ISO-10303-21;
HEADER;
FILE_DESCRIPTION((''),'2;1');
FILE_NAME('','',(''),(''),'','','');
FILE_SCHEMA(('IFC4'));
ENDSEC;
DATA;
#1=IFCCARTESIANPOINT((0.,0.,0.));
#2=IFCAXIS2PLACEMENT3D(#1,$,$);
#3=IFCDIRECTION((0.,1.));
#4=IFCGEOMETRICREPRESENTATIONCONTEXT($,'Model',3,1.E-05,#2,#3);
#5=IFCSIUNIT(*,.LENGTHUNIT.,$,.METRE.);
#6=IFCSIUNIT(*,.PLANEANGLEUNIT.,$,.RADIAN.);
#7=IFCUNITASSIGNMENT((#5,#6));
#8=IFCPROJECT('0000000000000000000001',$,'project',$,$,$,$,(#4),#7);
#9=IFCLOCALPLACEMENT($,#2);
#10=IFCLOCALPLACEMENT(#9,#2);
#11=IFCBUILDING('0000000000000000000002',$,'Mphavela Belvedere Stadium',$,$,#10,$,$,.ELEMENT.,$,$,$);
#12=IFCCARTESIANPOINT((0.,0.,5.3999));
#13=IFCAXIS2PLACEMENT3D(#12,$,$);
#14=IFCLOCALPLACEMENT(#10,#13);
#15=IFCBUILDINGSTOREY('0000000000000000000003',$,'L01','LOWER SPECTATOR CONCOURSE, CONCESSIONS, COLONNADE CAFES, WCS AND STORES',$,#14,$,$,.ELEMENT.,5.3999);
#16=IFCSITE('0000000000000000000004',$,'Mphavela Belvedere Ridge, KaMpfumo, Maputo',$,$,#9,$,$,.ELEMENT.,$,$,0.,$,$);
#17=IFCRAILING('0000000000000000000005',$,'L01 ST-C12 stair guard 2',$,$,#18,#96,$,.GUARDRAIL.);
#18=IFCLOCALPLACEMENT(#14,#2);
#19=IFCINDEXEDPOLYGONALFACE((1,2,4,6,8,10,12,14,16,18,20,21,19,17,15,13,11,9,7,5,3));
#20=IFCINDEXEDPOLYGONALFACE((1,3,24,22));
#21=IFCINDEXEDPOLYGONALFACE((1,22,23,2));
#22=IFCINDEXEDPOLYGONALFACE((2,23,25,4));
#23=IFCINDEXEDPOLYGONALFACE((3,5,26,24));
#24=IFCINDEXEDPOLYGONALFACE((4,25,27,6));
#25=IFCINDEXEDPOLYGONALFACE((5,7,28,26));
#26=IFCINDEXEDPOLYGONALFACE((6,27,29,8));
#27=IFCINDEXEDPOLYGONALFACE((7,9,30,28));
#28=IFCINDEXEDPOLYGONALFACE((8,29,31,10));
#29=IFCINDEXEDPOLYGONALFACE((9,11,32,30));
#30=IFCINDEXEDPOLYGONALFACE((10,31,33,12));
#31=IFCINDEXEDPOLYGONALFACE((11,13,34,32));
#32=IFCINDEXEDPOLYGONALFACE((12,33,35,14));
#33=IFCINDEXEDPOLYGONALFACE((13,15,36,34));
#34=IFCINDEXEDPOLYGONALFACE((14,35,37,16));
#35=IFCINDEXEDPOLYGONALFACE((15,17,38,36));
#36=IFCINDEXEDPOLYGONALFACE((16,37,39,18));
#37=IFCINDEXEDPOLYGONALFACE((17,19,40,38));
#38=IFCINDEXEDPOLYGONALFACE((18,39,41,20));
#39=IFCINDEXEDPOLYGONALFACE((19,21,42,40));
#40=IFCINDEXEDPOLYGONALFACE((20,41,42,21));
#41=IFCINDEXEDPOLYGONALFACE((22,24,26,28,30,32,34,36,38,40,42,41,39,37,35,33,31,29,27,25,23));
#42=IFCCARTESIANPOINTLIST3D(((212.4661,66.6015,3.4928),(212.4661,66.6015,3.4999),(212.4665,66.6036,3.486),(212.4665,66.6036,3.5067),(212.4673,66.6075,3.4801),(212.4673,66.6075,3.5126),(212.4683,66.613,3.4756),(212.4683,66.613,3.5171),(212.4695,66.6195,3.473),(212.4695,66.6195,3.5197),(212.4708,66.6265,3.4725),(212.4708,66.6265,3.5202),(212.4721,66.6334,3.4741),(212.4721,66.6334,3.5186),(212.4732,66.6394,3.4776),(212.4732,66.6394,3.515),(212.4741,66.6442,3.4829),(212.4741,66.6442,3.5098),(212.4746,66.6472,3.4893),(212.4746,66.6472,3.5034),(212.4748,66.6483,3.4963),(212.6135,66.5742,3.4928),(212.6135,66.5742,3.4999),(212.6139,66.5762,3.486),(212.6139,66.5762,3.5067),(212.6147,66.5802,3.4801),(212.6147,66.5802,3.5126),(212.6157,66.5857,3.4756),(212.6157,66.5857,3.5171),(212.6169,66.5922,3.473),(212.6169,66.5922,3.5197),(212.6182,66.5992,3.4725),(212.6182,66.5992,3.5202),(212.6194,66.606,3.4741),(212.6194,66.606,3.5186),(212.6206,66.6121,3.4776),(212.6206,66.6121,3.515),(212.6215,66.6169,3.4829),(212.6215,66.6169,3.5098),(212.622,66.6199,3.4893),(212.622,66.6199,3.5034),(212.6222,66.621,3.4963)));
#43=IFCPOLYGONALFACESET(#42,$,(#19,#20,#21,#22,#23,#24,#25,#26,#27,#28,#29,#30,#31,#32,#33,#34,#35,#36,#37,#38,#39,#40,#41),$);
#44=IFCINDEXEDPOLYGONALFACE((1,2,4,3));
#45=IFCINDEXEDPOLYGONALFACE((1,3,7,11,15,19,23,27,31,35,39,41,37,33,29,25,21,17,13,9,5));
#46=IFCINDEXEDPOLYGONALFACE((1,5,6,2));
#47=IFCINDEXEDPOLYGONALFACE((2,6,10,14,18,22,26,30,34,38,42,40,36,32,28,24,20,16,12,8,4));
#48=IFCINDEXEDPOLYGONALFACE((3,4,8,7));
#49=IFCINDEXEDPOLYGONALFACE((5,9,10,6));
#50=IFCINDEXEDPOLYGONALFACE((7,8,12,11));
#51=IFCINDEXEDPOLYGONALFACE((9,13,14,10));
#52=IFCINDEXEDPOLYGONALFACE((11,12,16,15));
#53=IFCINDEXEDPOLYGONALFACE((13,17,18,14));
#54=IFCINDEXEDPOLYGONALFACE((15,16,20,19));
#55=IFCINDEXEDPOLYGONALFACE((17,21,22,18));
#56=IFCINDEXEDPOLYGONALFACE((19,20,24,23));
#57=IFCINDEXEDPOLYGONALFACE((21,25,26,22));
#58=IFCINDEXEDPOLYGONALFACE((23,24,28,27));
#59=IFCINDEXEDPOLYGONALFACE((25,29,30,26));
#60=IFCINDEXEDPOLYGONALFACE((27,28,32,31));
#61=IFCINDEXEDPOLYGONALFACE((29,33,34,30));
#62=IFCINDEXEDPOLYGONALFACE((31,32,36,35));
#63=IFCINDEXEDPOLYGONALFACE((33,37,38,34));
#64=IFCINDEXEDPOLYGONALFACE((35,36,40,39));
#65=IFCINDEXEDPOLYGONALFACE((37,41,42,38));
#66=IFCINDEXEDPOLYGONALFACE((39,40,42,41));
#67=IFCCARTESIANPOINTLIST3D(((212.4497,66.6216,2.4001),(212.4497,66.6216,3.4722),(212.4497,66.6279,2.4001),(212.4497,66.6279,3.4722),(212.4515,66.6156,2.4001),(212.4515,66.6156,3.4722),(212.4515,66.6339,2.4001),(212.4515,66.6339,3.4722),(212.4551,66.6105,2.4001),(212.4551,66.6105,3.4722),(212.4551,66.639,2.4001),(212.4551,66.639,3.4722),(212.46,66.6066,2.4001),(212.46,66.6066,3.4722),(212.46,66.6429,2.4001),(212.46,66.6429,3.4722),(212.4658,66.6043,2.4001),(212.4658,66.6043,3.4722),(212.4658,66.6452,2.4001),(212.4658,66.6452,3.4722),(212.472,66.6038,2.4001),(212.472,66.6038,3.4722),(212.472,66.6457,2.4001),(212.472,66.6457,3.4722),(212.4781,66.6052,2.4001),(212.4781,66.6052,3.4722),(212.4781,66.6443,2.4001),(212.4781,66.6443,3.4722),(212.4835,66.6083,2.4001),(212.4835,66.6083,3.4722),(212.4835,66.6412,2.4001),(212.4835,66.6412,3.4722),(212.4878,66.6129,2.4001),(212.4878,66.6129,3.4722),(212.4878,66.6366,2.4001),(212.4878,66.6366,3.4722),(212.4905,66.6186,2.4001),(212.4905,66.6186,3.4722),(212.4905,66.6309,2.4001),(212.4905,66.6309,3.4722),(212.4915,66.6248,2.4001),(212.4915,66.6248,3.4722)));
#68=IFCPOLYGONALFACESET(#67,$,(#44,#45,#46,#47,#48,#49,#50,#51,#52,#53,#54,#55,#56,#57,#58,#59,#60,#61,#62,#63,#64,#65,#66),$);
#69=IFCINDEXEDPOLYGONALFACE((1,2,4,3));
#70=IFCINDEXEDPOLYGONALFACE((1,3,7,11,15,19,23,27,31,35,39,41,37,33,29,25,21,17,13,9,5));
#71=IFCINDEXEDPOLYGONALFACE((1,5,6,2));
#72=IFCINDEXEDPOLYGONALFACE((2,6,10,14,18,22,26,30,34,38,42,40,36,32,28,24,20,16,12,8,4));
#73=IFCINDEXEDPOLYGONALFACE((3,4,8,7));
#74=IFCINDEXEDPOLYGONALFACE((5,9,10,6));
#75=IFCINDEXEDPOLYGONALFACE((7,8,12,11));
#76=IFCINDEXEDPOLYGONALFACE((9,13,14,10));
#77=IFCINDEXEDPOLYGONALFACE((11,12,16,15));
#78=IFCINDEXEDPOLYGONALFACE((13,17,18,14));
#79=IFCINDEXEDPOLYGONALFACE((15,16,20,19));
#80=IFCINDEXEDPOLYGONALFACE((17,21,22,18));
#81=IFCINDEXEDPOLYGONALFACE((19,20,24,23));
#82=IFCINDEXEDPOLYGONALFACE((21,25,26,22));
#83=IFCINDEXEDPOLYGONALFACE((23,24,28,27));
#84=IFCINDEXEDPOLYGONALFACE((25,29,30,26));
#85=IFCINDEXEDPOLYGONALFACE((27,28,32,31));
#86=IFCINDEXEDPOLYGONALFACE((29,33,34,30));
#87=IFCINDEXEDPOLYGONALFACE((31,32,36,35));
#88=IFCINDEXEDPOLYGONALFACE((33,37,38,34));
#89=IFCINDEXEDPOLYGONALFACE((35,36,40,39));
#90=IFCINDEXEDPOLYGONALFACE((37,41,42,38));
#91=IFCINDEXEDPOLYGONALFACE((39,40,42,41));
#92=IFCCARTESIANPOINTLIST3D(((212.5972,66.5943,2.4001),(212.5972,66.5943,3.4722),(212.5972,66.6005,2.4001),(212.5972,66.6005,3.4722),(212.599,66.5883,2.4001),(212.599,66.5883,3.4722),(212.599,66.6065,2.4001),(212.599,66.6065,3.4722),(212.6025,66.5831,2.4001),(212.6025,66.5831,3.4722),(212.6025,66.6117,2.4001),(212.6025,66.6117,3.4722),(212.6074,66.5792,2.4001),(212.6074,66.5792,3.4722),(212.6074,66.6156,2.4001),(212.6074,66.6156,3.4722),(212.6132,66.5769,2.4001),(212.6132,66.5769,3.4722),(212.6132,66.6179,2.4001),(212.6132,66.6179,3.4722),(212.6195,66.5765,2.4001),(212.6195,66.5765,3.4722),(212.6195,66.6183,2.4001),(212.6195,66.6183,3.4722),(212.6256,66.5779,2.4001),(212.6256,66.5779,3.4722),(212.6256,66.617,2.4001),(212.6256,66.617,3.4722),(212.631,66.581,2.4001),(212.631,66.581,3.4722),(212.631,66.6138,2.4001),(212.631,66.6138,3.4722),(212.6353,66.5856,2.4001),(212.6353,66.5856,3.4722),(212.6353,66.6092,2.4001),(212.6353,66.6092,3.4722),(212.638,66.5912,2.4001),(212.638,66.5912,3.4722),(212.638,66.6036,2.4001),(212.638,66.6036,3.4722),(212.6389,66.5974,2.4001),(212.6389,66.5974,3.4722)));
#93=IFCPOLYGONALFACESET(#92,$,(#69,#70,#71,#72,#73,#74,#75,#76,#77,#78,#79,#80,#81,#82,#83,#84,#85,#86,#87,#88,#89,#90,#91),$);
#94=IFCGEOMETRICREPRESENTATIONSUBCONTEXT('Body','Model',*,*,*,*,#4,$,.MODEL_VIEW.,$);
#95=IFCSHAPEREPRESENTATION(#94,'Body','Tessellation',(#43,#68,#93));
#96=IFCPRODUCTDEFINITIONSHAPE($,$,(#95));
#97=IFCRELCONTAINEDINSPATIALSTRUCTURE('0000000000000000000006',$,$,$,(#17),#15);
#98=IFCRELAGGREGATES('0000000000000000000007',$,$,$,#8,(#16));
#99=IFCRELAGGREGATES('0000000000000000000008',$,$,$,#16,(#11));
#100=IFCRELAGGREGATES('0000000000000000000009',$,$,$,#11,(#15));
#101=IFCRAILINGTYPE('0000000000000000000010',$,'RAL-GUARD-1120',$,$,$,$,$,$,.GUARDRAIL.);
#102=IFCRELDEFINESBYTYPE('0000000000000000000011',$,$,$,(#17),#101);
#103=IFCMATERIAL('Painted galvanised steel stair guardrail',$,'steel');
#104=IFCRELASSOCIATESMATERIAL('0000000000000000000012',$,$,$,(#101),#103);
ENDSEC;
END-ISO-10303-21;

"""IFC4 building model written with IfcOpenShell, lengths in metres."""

from ifc_helpers import new_model, si_unit, direction, frame, origin, origin_2d, place, context, subcontext, project, spatial, circle, extrude, material, type_object, element, save


model = new_model("IFC4")

# Units and contexts
model_context = context("Model", 3, precision=1e-05, world=origin(), true_north=direction((0.0, 1.0)))
body_context = subcontext(model_context, "Body", "Model", "MODEL_VIEW")
ifc_project = project(units=[si_unit("LENGTHUNIT", "METRE"), si_unit("PLANEANGLEUNIT", "RADIAN")], contexts=[model_context])

# Site, building, storey
site_placement = place(None, origin())
site = spatial("IfcSite", under=ifc_project, at=site_placement, Name="Mphavela Belvedere Ridge, KaMpfumo, Maputo", CompositionType="ELEMENT", RefElevation=0.0)
building_placement = place(site_placement, origin())
building = spatial("IfcBuilding", under=site, at=building_placement, Name="Mphavela Belvedere Stadium", CompositionType="ELEMENT")
storey_placement = place(building_placement, frame((0.0, 0.0, 5.3999)))
storey = spatial("IfcBuildingStorey", under=building, at=storey_placement, Name="L01", Description="LOWER SPECTATOR CONCOURSE, CONCESSIONS, COLONNADE CAFES, WCS AND STORES", CompositionType="ELEMENT", Elevation=5.3999)

# Railing
ifc_material_1 = material(Name="Painted galvanised steel stair guardrail", Category="steel")
railing_type_1 = type_object("IfcRailingType", Name="RAL-GUARD-1120", PredefinedType="GUARDRAIL", material=ifc_material_1)
railing_1_placement = place(storey_placement, frame((212.4705, 66.6248, 2.4001)))
element("IfcRailing", 1, at=railing_1_placement, inside=storey, type_object=railing_type_1, Name="L01 ST-C12 stair guard 2", PredefinedType="GUARDRAIL", context=body_context, shape_type="SweptSolid", body=[
    extrude(circle(Radius=0.0239, at=origin_2d()), frame((0.0, 0.0, 1.0962), z_axis=(0.983239, -0.182322, 0.0), x_axis=(0.182322, 0.983239, 0.0)), (0.0, 0.0, 1.0), 0.1499),
    extrude(circle(Radius=0.021, at=origin_2d()), origin(), (0.0, 0.0, 1.0), 1.072),
    extrude(circle(Radius=0.021, at=origin_2d()), frame((0.1475, -0.0273, 0.0)), (0.0, 0.0, 1.0), 1.072),
])

save(model, "model.ifc")
